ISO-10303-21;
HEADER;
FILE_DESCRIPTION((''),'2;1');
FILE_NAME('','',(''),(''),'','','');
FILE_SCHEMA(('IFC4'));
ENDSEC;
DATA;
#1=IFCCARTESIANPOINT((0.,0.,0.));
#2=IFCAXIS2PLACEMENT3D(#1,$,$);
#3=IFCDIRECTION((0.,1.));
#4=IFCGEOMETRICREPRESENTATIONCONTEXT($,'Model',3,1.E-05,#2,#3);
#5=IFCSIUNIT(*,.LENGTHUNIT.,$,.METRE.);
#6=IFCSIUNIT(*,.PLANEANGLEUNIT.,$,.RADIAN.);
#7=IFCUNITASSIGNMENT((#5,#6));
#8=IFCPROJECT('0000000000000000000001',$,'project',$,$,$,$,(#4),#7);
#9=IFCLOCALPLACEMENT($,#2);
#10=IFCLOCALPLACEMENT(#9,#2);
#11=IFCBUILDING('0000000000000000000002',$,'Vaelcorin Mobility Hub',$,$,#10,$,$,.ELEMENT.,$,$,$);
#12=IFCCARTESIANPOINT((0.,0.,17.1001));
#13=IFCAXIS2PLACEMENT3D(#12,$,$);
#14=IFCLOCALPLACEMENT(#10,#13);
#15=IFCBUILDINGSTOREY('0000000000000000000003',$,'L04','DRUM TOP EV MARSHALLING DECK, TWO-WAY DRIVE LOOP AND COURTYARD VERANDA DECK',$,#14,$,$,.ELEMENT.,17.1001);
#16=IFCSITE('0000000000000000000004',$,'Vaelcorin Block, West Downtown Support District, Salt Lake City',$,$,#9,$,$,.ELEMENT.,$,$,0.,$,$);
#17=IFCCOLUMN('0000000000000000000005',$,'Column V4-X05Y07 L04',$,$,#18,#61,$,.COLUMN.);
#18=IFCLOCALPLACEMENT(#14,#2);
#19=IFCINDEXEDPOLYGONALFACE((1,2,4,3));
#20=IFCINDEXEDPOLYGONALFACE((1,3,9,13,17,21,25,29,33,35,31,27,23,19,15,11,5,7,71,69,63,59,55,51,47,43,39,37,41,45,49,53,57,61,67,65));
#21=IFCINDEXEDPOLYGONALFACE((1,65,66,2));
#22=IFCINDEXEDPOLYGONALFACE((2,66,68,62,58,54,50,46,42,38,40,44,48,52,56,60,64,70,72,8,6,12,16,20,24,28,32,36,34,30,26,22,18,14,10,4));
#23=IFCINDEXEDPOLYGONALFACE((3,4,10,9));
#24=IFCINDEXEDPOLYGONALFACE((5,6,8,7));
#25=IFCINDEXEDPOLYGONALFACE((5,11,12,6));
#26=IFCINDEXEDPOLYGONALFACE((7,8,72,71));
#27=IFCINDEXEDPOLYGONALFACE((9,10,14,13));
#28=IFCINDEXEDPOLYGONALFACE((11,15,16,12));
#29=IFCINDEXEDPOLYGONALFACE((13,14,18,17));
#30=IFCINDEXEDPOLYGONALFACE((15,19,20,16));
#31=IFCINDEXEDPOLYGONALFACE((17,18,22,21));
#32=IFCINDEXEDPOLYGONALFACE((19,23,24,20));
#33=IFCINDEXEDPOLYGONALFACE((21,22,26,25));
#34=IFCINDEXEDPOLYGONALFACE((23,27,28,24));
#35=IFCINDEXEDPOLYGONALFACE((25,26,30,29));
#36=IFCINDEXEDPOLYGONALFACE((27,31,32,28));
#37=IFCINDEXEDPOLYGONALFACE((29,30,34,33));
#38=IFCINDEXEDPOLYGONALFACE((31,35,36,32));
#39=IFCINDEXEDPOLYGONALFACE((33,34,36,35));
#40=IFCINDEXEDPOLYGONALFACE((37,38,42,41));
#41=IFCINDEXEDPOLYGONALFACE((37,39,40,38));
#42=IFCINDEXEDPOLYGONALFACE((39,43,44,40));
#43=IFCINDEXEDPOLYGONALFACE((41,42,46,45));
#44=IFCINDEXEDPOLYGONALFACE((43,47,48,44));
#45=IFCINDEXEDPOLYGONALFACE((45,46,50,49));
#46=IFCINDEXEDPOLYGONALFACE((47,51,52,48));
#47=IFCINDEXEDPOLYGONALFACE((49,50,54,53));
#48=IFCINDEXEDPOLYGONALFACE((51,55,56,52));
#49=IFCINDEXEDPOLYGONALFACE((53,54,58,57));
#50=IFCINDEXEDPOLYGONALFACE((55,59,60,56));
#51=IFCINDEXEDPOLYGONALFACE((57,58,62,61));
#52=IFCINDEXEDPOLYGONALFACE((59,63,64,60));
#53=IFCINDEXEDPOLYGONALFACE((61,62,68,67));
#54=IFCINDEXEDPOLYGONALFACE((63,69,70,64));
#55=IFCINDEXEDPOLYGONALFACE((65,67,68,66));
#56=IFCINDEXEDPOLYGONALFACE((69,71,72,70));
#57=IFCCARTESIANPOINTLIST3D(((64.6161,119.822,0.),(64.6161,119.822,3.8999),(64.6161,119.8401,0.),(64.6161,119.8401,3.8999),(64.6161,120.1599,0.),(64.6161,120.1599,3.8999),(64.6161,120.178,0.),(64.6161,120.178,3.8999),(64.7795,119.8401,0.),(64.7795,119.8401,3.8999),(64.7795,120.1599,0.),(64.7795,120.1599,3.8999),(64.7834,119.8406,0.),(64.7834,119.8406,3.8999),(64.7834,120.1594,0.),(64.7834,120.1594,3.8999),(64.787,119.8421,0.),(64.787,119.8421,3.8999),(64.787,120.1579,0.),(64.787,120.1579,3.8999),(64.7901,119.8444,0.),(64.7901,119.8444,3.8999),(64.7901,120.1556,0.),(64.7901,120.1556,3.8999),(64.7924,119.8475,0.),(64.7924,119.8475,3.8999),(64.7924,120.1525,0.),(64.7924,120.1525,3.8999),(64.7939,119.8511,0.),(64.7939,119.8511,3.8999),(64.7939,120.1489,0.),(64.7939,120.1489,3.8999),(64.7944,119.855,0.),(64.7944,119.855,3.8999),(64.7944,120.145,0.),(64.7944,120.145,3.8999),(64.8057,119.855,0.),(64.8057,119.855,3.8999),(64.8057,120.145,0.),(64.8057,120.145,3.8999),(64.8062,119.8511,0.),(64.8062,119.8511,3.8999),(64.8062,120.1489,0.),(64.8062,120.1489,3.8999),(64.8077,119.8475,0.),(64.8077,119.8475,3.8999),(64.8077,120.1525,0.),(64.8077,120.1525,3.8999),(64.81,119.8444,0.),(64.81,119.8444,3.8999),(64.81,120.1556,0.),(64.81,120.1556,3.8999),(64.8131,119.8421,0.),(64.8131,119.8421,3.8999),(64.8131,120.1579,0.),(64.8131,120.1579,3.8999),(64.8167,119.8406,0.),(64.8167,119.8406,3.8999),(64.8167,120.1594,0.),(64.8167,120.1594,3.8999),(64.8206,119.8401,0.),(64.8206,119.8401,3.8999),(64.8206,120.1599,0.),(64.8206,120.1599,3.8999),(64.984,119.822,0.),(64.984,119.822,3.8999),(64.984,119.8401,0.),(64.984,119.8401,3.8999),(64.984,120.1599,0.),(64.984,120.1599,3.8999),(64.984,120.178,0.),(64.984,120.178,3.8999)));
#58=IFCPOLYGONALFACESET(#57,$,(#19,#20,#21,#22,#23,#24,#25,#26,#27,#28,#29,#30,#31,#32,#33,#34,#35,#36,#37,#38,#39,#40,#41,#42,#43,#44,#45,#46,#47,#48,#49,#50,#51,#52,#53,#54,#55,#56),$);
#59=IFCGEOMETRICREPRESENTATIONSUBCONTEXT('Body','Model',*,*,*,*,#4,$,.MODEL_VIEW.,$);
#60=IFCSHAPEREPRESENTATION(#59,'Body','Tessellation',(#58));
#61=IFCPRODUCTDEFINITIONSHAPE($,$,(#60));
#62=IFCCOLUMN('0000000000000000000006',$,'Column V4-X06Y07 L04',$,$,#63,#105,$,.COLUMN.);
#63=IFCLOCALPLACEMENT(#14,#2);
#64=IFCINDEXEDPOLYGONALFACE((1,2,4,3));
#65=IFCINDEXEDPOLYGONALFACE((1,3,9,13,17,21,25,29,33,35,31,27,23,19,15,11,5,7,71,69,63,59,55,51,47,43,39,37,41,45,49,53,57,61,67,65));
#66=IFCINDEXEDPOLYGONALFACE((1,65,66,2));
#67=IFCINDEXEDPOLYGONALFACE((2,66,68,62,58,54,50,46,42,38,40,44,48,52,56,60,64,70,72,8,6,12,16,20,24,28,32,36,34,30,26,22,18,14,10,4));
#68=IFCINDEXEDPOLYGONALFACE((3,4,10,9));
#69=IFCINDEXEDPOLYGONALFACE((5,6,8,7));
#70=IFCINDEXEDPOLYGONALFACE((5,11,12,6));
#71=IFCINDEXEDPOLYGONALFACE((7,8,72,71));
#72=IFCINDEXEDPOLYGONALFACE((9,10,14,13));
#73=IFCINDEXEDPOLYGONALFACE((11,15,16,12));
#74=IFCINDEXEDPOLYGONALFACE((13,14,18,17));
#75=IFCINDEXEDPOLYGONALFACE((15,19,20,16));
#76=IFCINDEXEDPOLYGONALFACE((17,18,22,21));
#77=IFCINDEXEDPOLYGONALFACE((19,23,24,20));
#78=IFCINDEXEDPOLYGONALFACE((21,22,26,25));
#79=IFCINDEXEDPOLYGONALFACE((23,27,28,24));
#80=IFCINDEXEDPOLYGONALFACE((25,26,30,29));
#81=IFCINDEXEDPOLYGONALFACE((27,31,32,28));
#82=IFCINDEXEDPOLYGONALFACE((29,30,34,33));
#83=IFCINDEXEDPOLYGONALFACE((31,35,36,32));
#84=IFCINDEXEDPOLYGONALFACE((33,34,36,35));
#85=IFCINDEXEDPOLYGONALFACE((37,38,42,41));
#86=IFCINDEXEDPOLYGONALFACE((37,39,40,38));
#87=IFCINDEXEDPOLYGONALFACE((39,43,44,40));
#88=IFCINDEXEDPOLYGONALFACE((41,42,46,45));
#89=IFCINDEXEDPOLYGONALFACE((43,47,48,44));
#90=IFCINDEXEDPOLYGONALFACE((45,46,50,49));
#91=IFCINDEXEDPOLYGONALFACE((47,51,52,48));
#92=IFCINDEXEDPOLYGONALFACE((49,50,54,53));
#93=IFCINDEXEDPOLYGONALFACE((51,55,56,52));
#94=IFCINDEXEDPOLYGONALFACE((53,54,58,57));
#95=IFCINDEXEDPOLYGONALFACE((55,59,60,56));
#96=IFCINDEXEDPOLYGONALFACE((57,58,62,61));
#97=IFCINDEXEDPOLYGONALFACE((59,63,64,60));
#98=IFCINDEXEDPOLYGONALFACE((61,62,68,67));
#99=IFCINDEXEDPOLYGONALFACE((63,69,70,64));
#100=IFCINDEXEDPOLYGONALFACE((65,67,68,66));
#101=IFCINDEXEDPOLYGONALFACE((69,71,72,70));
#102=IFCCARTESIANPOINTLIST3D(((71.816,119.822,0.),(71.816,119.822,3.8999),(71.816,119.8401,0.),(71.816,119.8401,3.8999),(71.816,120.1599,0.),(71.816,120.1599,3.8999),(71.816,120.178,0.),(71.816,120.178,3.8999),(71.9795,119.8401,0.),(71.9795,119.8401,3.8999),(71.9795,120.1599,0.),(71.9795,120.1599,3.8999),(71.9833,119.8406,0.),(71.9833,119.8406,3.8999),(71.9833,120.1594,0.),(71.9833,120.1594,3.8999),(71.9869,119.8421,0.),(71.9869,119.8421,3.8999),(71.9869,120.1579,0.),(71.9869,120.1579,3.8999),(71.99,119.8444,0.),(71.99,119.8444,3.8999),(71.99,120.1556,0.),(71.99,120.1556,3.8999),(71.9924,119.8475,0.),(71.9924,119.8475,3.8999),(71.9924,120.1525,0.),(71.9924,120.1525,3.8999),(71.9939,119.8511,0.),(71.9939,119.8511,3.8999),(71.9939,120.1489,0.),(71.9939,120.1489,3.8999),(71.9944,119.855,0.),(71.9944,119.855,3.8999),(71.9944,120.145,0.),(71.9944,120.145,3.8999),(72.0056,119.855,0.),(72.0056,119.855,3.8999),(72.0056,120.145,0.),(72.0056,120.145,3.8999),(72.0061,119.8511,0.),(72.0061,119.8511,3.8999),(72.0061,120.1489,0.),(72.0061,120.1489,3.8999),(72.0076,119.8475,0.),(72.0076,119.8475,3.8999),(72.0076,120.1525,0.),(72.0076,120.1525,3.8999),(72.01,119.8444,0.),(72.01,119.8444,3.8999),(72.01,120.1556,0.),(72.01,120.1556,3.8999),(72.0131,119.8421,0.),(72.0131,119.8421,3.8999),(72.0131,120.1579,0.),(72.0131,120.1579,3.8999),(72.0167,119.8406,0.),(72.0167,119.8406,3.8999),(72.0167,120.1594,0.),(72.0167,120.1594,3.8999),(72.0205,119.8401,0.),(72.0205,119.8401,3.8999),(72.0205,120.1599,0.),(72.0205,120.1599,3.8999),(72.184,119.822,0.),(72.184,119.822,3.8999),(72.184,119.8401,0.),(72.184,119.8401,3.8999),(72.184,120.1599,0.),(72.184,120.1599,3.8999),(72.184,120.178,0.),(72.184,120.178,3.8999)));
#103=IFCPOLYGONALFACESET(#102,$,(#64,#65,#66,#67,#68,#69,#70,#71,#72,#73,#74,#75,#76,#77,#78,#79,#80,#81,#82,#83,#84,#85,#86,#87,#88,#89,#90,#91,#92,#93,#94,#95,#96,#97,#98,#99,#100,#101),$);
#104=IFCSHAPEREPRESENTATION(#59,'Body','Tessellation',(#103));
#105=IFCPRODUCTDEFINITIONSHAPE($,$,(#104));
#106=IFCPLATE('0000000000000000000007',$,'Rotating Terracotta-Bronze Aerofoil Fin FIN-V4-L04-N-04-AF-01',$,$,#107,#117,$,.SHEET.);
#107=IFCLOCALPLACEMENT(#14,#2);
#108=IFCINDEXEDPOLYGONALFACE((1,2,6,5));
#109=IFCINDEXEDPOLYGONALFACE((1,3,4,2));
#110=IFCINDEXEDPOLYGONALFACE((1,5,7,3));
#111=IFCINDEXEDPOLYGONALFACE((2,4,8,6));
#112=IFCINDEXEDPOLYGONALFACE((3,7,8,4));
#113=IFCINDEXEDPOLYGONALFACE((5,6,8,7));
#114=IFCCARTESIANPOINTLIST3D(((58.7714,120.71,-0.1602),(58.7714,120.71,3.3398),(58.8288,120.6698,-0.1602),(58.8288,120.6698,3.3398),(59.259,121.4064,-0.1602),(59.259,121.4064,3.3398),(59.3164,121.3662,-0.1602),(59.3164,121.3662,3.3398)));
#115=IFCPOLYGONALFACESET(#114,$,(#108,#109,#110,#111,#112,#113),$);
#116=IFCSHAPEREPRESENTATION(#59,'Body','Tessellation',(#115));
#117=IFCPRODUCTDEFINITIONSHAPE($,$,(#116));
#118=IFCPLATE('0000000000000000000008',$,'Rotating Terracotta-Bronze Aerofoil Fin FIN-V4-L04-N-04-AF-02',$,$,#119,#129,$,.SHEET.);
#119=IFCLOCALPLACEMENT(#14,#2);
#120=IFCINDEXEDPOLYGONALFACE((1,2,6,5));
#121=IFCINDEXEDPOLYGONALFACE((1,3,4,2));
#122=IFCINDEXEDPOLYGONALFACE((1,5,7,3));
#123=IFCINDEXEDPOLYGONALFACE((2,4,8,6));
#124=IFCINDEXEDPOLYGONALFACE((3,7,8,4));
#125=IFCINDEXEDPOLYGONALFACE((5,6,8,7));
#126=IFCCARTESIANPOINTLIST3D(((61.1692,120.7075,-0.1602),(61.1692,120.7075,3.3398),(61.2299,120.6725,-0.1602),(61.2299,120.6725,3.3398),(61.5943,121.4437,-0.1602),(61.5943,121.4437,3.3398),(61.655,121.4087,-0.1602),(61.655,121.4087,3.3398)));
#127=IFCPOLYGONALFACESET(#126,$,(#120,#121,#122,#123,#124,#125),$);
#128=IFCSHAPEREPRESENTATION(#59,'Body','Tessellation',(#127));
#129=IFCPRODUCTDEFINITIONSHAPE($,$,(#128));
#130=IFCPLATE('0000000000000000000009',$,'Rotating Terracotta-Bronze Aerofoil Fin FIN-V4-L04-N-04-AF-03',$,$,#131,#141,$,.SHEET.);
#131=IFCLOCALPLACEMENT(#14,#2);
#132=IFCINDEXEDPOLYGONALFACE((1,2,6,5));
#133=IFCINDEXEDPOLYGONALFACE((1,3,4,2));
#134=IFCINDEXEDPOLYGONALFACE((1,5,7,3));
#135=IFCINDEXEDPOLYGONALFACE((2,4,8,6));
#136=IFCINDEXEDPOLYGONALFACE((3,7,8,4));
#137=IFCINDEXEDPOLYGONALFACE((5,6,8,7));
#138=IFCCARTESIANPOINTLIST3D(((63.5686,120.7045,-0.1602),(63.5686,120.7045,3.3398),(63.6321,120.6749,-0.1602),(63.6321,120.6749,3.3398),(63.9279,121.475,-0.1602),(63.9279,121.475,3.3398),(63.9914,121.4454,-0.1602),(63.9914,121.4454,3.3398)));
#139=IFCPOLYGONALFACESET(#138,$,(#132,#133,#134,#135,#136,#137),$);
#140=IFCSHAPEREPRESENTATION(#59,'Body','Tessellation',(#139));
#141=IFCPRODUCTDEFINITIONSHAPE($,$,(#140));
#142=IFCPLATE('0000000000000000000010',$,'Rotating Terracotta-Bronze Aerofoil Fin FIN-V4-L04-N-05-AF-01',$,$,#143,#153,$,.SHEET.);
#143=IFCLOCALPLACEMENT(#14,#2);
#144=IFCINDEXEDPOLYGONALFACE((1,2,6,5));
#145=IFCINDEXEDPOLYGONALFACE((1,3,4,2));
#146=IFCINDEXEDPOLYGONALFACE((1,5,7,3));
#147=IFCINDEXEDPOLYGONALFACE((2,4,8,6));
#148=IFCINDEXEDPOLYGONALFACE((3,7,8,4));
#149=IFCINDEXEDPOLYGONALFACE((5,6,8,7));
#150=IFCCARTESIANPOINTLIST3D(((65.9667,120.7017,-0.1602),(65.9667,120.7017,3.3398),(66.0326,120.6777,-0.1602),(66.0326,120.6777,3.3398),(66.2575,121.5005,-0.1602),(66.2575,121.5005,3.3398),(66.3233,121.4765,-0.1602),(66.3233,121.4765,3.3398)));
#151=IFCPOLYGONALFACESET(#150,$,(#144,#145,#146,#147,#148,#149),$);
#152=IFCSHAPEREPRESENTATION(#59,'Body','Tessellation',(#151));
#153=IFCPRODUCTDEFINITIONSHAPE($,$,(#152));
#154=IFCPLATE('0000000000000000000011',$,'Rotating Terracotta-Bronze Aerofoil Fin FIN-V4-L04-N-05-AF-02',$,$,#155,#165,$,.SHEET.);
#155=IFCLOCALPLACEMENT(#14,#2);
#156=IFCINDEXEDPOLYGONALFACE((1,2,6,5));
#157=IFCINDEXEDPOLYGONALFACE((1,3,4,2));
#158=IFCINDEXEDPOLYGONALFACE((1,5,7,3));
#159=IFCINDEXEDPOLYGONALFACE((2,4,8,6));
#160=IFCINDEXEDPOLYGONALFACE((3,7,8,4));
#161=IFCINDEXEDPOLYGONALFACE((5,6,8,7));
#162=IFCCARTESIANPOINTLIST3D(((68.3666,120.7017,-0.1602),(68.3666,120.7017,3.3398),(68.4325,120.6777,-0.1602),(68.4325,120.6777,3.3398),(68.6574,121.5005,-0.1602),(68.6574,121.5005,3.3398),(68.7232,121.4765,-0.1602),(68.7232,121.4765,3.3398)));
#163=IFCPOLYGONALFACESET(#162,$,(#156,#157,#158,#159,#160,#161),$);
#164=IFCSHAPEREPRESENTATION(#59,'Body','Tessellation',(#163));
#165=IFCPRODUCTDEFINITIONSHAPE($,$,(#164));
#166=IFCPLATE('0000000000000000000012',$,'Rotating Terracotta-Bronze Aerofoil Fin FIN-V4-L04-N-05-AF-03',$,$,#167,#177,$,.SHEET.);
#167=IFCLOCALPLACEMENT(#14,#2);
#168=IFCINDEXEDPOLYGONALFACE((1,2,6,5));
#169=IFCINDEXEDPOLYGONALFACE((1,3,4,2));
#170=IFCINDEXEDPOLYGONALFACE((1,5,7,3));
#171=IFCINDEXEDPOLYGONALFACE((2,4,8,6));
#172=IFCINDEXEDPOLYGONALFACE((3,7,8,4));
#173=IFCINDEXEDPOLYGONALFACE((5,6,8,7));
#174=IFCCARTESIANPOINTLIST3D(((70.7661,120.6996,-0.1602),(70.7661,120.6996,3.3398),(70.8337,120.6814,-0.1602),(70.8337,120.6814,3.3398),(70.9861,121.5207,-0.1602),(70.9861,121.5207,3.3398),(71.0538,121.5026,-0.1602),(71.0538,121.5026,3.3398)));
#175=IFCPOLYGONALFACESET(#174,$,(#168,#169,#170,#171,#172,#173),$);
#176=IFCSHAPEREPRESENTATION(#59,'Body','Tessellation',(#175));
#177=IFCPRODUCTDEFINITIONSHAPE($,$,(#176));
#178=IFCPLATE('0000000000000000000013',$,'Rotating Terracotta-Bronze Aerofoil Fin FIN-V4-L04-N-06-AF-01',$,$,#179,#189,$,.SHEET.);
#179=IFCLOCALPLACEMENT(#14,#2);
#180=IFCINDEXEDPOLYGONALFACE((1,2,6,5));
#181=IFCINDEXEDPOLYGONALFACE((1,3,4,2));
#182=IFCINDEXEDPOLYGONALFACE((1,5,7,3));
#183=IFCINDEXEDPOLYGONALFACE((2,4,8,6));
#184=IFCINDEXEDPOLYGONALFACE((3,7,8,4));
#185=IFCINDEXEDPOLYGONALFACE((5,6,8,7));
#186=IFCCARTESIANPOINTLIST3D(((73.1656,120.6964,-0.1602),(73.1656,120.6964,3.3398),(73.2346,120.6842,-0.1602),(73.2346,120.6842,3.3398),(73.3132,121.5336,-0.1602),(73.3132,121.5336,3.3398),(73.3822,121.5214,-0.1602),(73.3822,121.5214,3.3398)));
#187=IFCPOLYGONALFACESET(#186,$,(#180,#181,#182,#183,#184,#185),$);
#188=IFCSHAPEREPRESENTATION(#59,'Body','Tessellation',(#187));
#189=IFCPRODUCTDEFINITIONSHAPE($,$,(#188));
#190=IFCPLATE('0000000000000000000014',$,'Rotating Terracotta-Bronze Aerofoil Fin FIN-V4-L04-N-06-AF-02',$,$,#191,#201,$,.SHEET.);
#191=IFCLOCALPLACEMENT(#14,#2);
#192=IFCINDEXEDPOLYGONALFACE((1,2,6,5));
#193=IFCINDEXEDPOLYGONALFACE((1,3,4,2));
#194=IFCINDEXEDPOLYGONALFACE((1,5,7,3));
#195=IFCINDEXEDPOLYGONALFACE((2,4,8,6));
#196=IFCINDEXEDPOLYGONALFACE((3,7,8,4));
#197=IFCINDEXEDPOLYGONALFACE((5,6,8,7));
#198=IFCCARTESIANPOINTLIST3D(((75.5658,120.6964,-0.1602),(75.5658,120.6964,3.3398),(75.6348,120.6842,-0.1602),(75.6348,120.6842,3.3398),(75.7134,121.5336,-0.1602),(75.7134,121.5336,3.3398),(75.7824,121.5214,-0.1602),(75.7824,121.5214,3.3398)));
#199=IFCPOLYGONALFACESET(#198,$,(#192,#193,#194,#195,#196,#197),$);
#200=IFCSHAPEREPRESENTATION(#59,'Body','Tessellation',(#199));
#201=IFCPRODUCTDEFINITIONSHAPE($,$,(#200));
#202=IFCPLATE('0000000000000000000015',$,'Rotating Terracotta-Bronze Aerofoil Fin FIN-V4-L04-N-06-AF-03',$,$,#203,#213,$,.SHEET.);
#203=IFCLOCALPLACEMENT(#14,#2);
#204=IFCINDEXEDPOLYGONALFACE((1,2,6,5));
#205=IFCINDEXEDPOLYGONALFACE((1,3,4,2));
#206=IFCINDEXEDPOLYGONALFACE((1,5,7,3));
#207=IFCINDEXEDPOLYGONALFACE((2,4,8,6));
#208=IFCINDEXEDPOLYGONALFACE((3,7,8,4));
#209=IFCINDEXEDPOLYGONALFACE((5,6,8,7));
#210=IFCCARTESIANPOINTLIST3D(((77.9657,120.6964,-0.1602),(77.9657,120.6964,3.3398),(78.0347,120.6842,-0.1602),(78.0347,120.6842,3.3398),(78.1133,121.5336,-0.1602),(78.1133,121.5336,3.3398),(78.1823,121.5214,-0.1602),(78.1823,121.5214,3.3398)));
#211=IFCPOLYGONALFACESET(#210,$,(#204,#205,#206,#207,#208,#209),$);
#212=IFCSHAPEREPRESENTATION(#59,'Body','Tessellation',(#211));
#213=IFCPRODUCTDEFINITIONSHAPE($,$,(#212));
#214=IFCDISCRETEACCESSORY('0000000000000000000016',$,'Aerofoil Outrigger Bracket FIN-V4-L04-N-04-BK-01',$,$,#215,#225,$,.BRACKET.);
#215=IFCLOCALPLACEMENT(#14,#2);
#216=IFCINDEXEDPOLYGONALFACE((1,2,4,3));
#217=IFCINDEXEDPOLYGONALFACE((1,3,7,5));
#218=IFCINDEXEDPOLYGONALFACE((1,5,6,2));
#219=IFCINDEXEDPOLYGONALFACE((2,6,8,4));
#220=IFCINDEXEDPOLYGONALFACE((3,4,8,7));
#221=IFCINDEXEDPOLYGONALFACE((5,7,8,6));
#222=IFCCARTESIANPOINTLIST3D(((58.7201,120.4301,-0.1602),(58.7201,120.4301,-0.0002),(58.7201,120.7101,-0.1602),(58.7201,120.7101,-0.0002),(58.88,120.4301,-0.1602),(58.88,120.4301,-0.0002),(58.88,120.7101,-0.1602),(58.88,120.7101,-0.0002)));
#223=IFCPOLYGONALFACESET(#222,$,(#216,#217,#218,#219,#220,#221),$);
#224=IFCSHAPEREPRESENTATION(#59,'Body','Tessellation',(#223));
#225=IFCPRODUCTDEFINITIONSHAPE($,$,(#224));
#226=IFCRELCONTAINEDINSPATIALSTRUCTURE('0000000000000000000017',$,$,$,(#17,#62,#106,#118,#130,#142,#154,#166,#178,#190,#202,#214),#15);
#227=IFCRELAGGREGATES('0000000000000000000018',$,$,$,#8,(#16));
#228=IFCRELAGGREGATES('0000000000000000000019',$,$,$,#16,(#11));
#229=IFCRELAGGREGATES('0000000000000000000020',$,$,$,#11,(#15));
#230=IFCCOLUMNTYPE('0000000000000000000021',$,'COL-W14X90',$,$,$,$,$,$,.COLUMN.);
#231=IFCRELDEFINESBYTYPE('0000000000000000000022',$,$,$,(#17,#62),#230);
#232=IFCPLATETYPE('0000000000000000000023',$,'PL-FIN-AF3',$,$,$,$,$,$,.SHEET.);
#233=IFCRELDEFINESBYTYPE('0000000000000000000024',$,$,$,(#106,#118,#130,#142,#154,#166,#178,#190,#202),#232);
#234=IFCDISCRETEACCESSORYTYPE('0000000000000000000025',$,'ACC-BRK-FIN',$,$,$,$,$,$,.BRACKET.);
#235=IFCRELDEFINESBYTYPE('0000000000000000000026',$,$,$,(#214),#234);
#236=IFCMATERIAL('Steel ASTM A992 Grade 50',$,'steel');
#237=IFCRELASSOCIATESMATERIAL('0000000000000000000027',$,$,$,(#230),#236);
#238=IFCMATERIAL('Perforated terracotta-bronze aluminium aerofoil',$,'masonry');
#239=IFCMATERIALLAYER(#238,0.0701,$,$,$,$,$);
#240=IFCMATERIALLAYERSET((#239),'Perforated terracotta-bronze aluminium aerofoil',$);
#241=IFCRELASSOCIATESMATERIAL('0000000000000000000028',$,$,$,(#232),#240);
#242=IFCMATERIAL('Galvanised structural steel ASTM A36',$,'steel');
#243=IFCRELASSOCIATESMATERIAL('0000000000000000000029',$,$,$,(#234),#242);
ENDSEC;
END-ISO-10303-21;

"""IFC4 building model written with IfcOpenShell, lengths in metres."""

from ifc_helpers import new_model, si_unit, direction, frame, origin, origin_2d, place, context, subcontext, project, spatial, rectangle, i_section, extrude, material, layer, layer_set, material_profile, profile_set, type_object, element, save


model = new_model("IFC4")

# Units and contexts
model_context = context("Model", 3, precision=1e-05, world=origin(), true_north=direction((0.0, 1.0)))
body_context = subcontext(model_context, "Body", "Model", "MODEL_VIEW")
ifc_project = project(units=[si_unit("LENGTHUNIT", "METRE"), si_unit("PLANEANGLEUNIT", "RADIAN")], contexts=[model_context])

# Site, building, storey
site_placement = place(None, origin())
site = spatial("IfcSite", under=ifc_project, at=site_placement, Name="Vaelcorin Block, West Downtown Support District, Salt Lake City", CompositionType="ELEMENT", RefElevation=0.0)
building_placement = place(site_placement, origin())
building = spatial("IfcBuilding", under=site, at=building_placement, Name="Vaelcorin Mobility Hub", CompositionType="ELEMENT")
storey_placement = place(building_placement, frame((0.0, 0.0, 17.1001)))
storey = spatial("IfcBuildingStorey", under=building, at=storey_placement, Name="L04", Description="DRUM TOP EV MARSHALLING DECK, TWO-WAY DRIVE LOOP AND COURTYARD VERANDA DECK", CompositionType="ELEMENT", Elevation=17.1001)

# Columns
ifc_material_1 = material(Name="Steel ASTM A992 Grade 50", Category="steel")
ifc_material_profile = material_profile(ifc_material_1, i_section(OverallWidth=0.3679, OverallDepth=0.356, WebThickness=0.0112, FlangeThickness=0.0181, FilletRadius=0.0149, at=origin_2d()), Name="W14X90")
ifc_profile_set = profile_set([ifc_material_profile], Name="Steel ASTM A992 Grade 50")
column_type = type_object("IfcColumnType", Name="COL-W14X90", PredefinedType="COLUMN", material=ifc_profile_set)
for number, where, z_axis, x_axis, name in (
    (1, (64.8, 120.0, 0.0), (0.0, 0.0, 1.0), (1.0, 0.0, 0.0), "Column V4-X05Y07 L04"),
    (2, (72.0, 120.0, 0.0), (0.0, 0.0, 1.0), (1.0, 0.0, 0.0), "Column V4-X06Y07 L04"),
):
    element("IfcColumn", number, at=place(storey_placement, frame(where, z_axis=z_axis, x_axis=x_axis)), inside=storey, type_object=column_type, Name=name, PredefinedType="COLUMN", context=body_context, shape_type="SweptSolid", body=[
        extrude(i_section(OverallWidth=0.3679, OverallDepth=0.356, WebThickness=0.0112, FlangeThickness=0.0181, FilletRadius=0.0149, at=origin_2d()), origin(), (0.0, 0.0, 1.0), 3.8999),
    ])

# Plates
ifc_material_2 = material(Name="Perforated terracotta-bronze aluminium aerofoil", Category="masonry")
ifc_layer_1 = layer(ifc_material_2, 0.0701)
ifc_layer_set_1 = layer_set([ifc_layer_1], Name="Perforated terracotta-bronze aluminium aerofoil")
plate_type = type_object("IfcPlateType", Name="PL-FIN-AF3", PredefinedType="SHEET", material=ifc_layer_set_1)
for number, where, z_axis, x_axis, name in (
    (3, (59.0439, 121.0381, -0.1602), (0.0, 0.0, 1.0), (0.573576, 0.819152, 0.0), "Rotating Terracotta-Bronze Aerofoil Fin FIN-V4-L04-N-04-AF-01"),
    (4, (61.4121, 121.0581, -0.1602), (0.0, 0.0, 1.0), (0.5, 0.866025, 0.0), "Rotating Terracotta-Bronze Aerofoil Fin FIN-V4-L04-N-04-AF-02"),
    (5, (63.78, 121.075, -0.1602), (0.0, 0.0, 1.0), (0.422618, 0.906308, 0.0), "Rotating Terracotta-Bronze Aerofoil Fin FIN-V4-L04-N-04-AF-03"),
    (6, (66.145, 121.0891, -0.1602), (0.0, 0.0, 1.0), (0.34202, 0.939693, 0.0), "Rotating Terracotta-Bronze Aerofoil Fin FIN-V4-L04-N-05-AF-01"),
    (7, (68.5449, 121.0891, -0.1602), (0.0, 0.0, 1.0), (0.34202, 0.939693, 0.0), "Rotating Terracotta-Bronze Aerofoil Fin FIN-V4-L04-N-05-AF-02"),
    (8, (70.9099, 121.1011, -0.1602), (0.0, 0.0, 1.0), (0.258819, 0.965926, 0.0), "Rotating Terracotta-Bronze Aerofoil Fin FIN-V4-L04-N-05-AF-03"),
    (9, (73.2739, 121.1089, -0.1602), (0.0, 0.0, 1.0), (0.173648, 0.984808, 0.0), "Rotating Terracotta-Bronze Aerofoil Fin FIN-V4-L04-N-06-AF-01"),
    (10, (75.6741, 121.1089, -0.1602), (0.0, 0.0, 1.0), (0.173648, 0.984808, 0.0), "Rotating Terracotta-Bronze Aerofoil Fin FIN-V4-L04-N-06-AF-02"),
    (11, (78.074, 121.1089, -0.1602), (0.0, 0.0, 1.0), (0.173648, 0.984808, 0.0), "Rotating Terracotta-Bronze Aerofoil Fin FIN-V4-L04-N-06-AF-03"),
):
    element("IfcPlate", number, at=place(storey_placement, frame(where, z_axis=z_axis, x_axis=x_axis)), inside=storey, type_object=plate_type, Name=name, PredefinedType="SHEET", context=body_context, shape_type="SweptSolid", body=[
        extrude(rectangle(XDim=0.8501, YDim=0.0701, at=origin_2d()), origin(), (0.0, 0.0, 1.0), 3.5),
    ])

# Shared definitions
ifc_material_3 = material(Name="Galvanised structural steel ASTM A36", Category="steel")

# Discrete accessory
discrete_accessory_type = type_object("IfcDiscreteAccessoryType", Name="ACC-BRK-FIN", PredefinedType="BRACKET", material=ifc_material_3)
for number, where, z_axis, x_axis, name in (
    (12, (58.8, 120.5701, -0.1602), (0.0, 0.0, 1.0), (0.0, 1.0, 0.0), "Aerofoil Outrigger Bracket FIN-V4-L04-N-04-BK-01"),
):
    element("IfcDiscreteAccessory", number, at=place(storey_placement, frame(where, z_axis=z_axis, x_axis=x_axis)), inside=storey, type_object=discrete_accessory_type, Name=name, PredefinedType="BRACKET", context=body_context, shape_type="SweptSolid", body=[
        extrude(rectangle(XDim=0.28, YDim=0.1599, at=origin_2d()), origin(), (0.0, 0.0, 1.0), 0.1599),
    ])

save(model, "model.ifc")
